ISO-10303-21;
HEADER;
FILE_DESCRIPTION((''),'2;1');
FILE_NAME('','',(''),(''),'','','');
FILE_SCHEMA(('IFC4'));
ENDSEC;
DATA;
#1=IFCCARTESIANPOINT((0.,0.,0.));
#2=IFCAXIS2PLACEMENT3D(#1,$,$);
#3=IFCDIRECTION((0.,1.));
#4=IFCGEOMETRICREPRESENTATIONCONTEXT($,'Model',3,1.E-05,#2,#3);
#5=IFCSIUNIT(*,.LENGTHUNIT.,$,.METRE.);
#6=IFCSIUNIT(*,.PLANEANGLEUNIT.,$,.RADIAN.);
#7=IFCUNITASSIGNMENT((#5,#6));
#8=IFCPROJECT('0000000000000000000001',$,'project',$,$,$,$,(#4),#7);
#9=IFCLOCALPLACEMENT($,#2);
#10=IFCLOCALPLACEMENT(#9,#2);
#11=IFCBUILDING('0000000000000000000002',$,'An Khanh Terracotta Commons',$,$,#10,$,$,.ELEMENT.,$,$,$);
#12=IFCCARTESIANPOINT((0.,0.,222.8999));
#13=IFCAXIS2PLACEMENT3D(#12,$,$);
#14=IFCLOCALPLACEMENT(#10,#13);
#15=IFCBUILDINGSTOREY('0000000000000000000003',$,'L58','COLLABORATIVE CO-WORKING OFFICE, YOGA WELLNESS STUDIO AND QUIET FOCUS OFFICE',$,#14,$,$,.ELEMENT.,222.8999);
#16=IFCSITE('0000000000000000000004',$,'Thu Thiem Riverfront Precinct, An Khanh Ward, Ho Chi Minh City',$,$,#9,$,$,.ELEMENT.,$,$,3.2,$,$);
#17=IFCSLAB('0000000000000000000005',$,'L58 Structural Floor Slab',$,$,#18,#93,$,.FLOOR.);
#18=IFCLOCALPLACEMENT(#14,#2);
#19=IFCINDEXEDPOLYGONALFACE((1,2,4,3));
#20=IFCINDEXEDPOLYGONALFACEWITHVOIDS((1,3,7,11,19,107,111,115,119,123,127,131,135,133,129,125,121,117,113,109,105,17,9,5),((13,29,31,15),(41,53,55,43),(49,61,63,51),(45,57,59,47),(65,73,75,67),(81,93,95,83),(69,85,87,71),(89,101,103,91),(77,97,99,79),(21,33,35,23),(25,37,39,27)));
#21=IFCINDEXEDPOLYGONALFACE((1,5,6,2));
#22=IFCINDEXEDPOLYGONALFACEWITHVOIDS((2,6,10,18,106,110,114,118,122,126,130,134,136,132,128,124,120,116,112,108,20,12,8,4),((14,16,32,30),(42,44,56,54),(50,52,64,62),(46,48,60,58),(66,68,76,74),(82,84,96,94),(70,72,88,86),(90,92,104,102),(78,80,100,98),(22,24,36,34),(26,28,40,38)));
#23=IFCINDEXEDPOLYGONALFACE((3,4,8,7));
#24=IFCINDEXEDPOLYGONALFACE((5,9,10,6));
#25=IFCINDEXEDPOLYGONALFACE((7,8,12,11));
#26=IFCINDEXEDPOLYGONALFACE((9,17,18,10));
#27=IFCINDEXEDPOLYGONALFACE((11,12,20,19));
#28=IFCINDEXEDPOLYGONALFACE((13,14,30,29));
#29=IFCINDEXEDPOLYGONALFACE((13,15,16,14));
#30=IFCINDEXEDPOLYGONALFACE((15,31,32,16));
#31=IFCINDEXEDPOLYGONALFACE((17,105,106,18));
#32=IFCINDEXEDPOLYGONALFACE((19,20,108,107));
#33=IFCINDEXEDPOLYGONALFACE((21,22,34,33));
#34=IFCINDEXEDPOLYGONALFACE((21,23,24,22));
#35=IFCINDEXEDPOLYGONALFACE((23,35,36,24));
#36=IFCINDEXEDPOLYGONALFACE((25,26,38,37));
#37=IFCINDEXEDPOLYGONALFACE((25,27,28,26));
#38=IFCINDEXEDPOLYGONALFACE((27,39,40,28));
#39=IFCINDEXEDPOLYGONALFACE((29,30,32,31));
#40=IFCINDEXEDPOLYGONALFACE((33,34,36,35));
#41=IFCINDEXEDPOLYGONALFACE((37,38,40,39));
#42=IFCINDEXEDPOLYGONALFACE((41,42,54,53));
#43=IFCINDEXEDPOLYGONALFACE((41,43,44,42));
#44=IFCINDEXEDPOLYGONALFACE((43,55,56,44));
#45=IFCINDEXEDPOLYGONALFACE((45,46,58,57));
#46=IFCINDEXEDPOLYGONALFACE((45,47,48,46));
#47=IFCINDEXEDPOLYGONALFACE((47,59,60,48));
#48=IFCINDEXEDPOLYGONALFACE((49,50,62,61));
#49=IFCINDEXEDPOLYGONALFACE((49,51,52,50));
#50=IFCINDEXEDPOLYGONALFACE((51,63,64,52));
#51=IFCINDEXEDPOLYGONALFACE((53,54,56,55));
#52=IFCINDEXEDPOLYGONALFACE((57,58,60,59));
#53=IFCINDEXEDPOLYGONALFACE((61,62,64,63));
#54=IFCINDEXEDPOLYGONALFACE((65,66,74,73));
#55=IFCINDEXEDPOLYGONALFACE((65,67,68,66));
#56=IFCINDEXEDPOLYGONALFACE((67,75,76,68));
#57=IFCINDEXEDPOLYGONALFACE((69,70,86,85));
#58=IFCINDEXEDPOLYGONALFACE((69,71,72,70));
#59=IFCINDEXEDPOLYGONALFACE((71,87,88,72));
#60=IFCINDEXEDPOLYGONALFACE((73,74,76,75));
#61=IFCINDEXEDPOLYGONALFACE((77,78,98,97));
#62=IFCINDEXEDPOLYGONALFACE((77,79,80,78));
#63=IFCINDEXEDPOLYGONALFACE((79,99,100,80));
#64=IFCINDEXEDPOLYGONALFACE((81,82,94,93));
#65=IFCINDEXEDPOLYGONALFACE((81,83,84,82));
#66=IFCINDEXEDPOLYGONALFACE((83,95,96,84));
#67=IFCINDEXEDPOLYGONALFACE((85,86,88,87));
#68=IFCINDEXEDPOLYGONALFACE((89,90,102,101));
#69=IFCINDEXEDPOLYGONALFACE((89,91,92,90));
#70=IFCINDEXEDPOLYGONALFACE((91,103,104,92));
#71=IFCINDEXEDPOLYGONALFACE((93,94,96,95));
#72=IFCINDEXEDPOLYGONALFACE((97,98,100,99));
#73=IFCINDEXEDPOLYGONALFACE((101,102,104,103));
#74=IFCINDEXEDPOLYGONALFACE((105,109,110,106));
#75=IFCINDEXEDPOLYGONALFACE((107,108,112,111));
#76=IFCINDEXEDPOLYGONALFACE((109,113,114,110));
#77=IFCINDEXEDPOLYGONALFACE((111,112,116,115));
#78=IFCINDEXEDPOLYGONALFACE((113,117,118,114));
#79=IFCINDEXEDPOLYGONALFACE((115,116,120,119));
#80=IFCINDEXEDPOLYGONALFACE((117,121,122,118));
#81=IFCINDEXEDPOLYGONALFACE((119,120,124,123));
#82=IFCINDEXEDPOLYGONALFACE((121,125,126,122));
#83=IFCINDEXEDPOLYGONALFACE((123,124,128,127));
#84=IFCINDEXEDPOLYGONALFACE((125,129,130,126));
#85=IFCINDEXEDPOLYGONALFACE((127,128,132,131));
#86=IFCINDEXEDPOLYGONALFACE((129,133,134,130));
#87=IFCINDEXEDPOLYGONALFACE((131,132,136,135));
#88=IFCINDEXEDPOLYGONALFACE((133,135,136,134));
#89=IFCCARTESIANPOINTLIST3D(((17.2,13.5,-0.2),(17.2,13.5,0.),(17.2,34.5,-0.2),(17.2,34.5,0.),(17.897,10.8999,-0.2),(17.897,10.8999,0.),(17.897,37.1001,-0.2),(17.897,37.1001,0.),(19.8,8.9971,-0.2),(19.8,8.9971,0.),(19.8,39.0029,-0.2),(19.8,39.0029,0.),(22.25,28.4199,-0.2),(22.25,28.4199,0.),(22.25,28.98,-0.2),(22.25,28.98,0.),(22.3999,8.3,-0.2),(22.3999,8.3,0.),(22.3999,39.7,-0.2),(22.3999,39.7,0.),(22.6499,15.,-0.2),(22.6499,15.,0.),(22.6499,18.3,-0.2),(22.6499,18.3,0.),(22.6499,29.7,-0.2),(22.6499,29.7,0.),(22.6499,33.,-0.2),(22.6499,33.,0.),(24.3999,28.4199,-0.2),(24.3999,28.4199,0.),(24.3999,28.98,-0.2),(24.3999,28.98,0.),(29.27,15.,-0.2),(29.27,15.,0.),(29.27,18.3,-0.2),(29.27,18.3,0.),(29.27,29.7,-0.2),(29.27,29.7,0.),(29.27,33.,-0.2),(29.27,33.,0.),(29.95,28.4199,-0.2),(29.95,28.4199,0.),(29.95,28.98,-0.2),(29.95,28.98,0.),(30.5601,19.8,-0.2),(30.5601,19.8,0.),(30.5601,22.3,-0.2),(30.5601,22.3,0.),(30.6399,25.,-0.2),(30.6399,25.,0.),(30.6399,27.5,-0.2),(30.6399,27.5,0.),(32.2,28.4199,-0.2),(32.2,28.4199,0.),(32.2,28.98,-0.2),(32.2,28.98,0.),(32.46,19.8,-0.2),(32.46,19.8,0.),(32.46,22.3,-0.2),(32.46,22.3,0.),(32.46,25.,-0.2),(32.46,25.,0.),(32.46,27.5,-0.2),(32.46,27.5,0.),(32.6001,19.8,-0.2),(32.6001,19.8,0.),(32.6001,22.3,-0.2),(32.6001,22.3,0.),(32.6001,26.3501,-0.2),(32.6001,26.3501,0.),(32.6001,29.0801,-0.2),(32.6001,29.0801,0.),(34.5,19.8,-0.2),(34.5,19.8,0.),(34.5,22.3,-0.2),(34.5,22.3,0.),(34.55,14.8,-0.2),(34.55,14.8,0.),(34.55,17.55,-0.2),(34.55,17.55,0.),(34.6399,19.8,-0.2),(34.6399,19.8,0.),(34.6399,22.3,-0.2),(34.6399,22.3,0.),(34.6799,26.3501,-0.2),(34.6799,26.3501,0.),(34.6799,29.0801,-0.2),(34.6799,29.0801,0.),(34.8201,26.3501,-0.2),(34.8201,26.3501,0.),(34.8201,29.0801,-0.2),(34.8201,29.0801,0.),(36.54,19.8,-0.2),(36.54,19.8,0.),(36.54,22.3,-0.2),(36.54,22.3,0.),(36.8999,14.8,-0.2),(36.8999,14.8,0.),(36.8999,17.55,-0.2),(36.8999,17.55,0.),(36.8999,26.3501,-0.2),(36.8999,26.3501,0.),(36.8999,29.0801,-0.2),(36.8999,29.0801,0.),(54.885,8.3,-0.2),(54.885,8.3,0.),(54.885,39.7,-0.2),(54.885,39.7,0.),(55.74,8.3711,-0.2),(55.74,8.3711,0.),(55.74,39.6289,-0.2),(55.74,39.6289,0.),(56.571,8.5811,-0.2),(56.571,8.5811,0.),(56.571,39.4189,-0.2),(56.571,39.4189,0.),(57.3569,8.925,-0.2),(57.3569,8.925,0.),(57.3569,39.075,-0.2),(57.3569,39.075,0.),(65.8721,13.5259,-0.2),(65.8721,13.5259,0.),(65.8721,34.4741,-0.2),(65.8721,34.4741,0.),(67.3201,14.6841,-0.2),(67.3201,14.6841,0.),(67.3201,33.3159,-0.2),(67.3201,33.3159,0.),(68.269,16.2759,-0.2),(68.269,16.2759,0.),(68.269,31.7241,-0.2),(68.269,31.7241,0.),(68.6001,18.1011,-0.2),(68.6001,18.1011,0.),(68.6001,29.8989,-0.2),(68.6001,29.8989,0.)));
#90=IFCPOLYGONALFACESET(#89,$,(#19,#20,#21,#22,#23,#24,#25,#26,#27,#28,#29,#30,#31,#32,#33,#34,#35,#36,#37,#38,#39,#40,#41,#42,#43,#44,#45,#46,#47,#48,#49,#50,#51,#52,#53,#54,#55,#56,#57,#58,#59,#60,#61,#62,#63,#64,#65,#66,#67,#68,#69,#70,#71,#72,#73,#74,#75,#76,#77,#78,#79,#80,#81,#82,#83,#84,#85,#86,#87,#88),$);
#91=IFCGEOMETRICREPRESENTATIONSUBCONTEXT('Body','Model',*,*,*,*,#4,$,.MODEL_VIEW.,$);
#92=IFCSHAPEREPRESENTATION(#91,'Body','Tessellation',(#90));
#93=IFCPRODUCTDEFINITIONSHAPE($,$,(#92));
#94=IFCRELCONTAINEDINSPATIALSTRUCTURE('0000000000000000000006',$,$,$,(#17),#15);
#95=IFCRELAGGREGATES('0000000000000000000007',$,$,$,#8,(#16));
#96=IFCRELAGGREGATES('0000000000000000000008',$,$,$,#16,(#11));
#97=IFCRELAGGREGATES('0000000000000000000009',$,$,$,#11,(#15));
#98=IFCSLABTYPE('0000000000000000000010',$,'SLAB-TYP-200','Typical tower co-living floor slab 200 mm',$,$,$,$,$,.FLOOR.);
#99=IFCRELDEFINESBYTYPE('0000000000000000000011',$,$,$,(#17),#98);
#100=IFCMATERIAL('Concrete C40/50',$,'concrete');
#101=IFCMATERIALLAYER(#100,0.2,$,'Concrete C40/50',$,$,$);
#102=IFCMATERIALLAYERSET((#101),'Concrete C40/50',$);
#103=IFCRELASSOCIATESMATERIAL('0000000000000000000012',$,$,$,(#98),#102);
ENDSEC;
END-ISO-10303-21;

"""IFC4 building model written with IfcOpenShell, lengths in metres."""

from ifc_helpers import new_model, si_unit, direction, frame, origin, place, context, subcontext, project, spatial, polyline, outline, extrude, material, layer, layer_set, type_object, element, save


model = new_model("IFC4")

# Units and contexts
model_context = context("Model", 3, precision=1e-05, world=origin(), true_north=direction((0.0, 1.0)))
body_context = subcontext(model_context, "Body", "Model", "MODEL_VIEW")
ifc_project = project(units=[si_unit("LENGTHUNIT", "METRE"), si_unit("PLANEANGLEUNIT", "RADIAN")], contexts=[model_context])

# Site, building, storey
site_placement = place(None, origin())
site = spatial("IfcSite", under=ifc_project, at=site_placement, Name="Thu Thiem Riverfront Precinct, An Khanh Ward, Ho Chi Minh City", CompositionType="ELEMENT", RefElevation=3.2)
building_placement = place(site_placement, origin())
building = spatial("IfcBuilding", under=site, at=building_placement, Name="An Khanh Terracotta Commons", CompositionType="ELEMENT")
storey_placement = place(building_placement, frame((0.0, 0.0, 222.8999)))
storey = spatial("IfcBuildingStorey", under=building, at=storey_placement, Name="L58", Description="COLLABORATIVE CO-WORKING OFFICE, YOGA WELLNESS STUDIO AND QUIET FOCUS OFFICE", CompositionType="ELEMENT", Elevation=222.8999)

# Shared definitions
ifc_material_1 = material(Name="Concrete C40/50", Category="concrete")

# Slab
ifc_layer_1 = layer(ifc_material_1, 0.2, Name="Concrete C40/50")
ifc_layer_set_1 = layer_set([ifc_layer_1], Name="Concrete C40/50")
slab_type_1 = type_object("IfcSlabType", Name="SLAB-TYP-200", Description="Typical tower co-living floor slab 200 mm", PredefinedType="FLOOR", material=ifc_layer_set_1)
slab_1_placement = place(storey_placement, frame((0.0, 0.0, -0.2)))
element("IfcSlab", 1, at=slab_1_placement, inside=storey, type_object=slab_type_1, Name="L58 Structural Floor Slab", PredefinedType="FLOOR", context=body_context, shape_type="SweptSolid", body=[
    extrude(outline(polyline([(17.2, 13.5), (17.897, 10.8999), (19.8, 8.9971), (22.3999, 8.3), (54.885, 8.3), (55.74, 8.3711), (56.571, 8.5811), (57.3569, 8.925), (65.8721, 13.5259), (67.3201, 14.6841), (68.269, 16.2759), (68.6001, 18.1011), (68.6001, 29.8989), (68.269, 31.7241), (67.3201, 33.3159), (65.8721, 34.4741), (57.3569, 39.075), (56.571, 39.4189), (55.74, 39.6289), (54.885, 39.7), (22.3999, 39.7), (19.8, 39.0029), (17.897, 37.1001), (17.2, 34.5), (17.2, 13.5)]), holes=[polyline([(22.6499, 29.7), (29.27, 29.7), (29.27, 33.0), (22.6499, 33.0), (22.6499, 29.7)]), polyline([(22.6499, 15.0), (29.27, 15.0), (29.27, 18.3), (22.6499, 18.3), (22.6499, 15.0)]), polyline([(32.6001, 26.3501), (34.6799, 26.3501), (34.6799, 29.0801), (32.6001, 29.0801), (32.6001, 26.3501)]), polyline([(34.8201, 26.3501), (36.8999, 26.3501), (36.8999, 29.0801), (34.8201, 29.0801), (34.8201, 26.3501)]), polyline([(34.55, 14.8), (36.8999, 14.8), (36.8999, 17.55), (34.55, 17.55), (34.55, 14.8)]), polyline([(30.6399, 25.0), (32.46, 25.0), (32.46, 27.5), (30.6399, 27.5), (30.6399, 25.0)]), polyline([(30.5601, 19.8), (32.46, 19.8), (32.46, 22.3), (30.5601, 22.3), (30.5601, 19.8)]), polyline([(32.6001, 19.8), (34.5, 19.8), (34.5, 22.3), (32.6001, 22.3), (32.6001, 19.8)]), polyline([(34.6399, 19.8), (36.54, 19.8), (36.54, 22.3), (34.6399, 22.3), (34.6399, 19.8)]), polyline([(22.25, 28.4199), (24.3999, 28.4199), (24.3999, 28.98), (22.25, 28.98), (22.25, 28.4199)]), polyline([(29.95, 28.4199), (32.2, 28.4199), (32.2, 28.98), (29.95, 28.98), (29.95, 28.4199)])]), origin(), (0.0, 0.0, 1.0), 0.2),
])

save(model, "model.ifc")
